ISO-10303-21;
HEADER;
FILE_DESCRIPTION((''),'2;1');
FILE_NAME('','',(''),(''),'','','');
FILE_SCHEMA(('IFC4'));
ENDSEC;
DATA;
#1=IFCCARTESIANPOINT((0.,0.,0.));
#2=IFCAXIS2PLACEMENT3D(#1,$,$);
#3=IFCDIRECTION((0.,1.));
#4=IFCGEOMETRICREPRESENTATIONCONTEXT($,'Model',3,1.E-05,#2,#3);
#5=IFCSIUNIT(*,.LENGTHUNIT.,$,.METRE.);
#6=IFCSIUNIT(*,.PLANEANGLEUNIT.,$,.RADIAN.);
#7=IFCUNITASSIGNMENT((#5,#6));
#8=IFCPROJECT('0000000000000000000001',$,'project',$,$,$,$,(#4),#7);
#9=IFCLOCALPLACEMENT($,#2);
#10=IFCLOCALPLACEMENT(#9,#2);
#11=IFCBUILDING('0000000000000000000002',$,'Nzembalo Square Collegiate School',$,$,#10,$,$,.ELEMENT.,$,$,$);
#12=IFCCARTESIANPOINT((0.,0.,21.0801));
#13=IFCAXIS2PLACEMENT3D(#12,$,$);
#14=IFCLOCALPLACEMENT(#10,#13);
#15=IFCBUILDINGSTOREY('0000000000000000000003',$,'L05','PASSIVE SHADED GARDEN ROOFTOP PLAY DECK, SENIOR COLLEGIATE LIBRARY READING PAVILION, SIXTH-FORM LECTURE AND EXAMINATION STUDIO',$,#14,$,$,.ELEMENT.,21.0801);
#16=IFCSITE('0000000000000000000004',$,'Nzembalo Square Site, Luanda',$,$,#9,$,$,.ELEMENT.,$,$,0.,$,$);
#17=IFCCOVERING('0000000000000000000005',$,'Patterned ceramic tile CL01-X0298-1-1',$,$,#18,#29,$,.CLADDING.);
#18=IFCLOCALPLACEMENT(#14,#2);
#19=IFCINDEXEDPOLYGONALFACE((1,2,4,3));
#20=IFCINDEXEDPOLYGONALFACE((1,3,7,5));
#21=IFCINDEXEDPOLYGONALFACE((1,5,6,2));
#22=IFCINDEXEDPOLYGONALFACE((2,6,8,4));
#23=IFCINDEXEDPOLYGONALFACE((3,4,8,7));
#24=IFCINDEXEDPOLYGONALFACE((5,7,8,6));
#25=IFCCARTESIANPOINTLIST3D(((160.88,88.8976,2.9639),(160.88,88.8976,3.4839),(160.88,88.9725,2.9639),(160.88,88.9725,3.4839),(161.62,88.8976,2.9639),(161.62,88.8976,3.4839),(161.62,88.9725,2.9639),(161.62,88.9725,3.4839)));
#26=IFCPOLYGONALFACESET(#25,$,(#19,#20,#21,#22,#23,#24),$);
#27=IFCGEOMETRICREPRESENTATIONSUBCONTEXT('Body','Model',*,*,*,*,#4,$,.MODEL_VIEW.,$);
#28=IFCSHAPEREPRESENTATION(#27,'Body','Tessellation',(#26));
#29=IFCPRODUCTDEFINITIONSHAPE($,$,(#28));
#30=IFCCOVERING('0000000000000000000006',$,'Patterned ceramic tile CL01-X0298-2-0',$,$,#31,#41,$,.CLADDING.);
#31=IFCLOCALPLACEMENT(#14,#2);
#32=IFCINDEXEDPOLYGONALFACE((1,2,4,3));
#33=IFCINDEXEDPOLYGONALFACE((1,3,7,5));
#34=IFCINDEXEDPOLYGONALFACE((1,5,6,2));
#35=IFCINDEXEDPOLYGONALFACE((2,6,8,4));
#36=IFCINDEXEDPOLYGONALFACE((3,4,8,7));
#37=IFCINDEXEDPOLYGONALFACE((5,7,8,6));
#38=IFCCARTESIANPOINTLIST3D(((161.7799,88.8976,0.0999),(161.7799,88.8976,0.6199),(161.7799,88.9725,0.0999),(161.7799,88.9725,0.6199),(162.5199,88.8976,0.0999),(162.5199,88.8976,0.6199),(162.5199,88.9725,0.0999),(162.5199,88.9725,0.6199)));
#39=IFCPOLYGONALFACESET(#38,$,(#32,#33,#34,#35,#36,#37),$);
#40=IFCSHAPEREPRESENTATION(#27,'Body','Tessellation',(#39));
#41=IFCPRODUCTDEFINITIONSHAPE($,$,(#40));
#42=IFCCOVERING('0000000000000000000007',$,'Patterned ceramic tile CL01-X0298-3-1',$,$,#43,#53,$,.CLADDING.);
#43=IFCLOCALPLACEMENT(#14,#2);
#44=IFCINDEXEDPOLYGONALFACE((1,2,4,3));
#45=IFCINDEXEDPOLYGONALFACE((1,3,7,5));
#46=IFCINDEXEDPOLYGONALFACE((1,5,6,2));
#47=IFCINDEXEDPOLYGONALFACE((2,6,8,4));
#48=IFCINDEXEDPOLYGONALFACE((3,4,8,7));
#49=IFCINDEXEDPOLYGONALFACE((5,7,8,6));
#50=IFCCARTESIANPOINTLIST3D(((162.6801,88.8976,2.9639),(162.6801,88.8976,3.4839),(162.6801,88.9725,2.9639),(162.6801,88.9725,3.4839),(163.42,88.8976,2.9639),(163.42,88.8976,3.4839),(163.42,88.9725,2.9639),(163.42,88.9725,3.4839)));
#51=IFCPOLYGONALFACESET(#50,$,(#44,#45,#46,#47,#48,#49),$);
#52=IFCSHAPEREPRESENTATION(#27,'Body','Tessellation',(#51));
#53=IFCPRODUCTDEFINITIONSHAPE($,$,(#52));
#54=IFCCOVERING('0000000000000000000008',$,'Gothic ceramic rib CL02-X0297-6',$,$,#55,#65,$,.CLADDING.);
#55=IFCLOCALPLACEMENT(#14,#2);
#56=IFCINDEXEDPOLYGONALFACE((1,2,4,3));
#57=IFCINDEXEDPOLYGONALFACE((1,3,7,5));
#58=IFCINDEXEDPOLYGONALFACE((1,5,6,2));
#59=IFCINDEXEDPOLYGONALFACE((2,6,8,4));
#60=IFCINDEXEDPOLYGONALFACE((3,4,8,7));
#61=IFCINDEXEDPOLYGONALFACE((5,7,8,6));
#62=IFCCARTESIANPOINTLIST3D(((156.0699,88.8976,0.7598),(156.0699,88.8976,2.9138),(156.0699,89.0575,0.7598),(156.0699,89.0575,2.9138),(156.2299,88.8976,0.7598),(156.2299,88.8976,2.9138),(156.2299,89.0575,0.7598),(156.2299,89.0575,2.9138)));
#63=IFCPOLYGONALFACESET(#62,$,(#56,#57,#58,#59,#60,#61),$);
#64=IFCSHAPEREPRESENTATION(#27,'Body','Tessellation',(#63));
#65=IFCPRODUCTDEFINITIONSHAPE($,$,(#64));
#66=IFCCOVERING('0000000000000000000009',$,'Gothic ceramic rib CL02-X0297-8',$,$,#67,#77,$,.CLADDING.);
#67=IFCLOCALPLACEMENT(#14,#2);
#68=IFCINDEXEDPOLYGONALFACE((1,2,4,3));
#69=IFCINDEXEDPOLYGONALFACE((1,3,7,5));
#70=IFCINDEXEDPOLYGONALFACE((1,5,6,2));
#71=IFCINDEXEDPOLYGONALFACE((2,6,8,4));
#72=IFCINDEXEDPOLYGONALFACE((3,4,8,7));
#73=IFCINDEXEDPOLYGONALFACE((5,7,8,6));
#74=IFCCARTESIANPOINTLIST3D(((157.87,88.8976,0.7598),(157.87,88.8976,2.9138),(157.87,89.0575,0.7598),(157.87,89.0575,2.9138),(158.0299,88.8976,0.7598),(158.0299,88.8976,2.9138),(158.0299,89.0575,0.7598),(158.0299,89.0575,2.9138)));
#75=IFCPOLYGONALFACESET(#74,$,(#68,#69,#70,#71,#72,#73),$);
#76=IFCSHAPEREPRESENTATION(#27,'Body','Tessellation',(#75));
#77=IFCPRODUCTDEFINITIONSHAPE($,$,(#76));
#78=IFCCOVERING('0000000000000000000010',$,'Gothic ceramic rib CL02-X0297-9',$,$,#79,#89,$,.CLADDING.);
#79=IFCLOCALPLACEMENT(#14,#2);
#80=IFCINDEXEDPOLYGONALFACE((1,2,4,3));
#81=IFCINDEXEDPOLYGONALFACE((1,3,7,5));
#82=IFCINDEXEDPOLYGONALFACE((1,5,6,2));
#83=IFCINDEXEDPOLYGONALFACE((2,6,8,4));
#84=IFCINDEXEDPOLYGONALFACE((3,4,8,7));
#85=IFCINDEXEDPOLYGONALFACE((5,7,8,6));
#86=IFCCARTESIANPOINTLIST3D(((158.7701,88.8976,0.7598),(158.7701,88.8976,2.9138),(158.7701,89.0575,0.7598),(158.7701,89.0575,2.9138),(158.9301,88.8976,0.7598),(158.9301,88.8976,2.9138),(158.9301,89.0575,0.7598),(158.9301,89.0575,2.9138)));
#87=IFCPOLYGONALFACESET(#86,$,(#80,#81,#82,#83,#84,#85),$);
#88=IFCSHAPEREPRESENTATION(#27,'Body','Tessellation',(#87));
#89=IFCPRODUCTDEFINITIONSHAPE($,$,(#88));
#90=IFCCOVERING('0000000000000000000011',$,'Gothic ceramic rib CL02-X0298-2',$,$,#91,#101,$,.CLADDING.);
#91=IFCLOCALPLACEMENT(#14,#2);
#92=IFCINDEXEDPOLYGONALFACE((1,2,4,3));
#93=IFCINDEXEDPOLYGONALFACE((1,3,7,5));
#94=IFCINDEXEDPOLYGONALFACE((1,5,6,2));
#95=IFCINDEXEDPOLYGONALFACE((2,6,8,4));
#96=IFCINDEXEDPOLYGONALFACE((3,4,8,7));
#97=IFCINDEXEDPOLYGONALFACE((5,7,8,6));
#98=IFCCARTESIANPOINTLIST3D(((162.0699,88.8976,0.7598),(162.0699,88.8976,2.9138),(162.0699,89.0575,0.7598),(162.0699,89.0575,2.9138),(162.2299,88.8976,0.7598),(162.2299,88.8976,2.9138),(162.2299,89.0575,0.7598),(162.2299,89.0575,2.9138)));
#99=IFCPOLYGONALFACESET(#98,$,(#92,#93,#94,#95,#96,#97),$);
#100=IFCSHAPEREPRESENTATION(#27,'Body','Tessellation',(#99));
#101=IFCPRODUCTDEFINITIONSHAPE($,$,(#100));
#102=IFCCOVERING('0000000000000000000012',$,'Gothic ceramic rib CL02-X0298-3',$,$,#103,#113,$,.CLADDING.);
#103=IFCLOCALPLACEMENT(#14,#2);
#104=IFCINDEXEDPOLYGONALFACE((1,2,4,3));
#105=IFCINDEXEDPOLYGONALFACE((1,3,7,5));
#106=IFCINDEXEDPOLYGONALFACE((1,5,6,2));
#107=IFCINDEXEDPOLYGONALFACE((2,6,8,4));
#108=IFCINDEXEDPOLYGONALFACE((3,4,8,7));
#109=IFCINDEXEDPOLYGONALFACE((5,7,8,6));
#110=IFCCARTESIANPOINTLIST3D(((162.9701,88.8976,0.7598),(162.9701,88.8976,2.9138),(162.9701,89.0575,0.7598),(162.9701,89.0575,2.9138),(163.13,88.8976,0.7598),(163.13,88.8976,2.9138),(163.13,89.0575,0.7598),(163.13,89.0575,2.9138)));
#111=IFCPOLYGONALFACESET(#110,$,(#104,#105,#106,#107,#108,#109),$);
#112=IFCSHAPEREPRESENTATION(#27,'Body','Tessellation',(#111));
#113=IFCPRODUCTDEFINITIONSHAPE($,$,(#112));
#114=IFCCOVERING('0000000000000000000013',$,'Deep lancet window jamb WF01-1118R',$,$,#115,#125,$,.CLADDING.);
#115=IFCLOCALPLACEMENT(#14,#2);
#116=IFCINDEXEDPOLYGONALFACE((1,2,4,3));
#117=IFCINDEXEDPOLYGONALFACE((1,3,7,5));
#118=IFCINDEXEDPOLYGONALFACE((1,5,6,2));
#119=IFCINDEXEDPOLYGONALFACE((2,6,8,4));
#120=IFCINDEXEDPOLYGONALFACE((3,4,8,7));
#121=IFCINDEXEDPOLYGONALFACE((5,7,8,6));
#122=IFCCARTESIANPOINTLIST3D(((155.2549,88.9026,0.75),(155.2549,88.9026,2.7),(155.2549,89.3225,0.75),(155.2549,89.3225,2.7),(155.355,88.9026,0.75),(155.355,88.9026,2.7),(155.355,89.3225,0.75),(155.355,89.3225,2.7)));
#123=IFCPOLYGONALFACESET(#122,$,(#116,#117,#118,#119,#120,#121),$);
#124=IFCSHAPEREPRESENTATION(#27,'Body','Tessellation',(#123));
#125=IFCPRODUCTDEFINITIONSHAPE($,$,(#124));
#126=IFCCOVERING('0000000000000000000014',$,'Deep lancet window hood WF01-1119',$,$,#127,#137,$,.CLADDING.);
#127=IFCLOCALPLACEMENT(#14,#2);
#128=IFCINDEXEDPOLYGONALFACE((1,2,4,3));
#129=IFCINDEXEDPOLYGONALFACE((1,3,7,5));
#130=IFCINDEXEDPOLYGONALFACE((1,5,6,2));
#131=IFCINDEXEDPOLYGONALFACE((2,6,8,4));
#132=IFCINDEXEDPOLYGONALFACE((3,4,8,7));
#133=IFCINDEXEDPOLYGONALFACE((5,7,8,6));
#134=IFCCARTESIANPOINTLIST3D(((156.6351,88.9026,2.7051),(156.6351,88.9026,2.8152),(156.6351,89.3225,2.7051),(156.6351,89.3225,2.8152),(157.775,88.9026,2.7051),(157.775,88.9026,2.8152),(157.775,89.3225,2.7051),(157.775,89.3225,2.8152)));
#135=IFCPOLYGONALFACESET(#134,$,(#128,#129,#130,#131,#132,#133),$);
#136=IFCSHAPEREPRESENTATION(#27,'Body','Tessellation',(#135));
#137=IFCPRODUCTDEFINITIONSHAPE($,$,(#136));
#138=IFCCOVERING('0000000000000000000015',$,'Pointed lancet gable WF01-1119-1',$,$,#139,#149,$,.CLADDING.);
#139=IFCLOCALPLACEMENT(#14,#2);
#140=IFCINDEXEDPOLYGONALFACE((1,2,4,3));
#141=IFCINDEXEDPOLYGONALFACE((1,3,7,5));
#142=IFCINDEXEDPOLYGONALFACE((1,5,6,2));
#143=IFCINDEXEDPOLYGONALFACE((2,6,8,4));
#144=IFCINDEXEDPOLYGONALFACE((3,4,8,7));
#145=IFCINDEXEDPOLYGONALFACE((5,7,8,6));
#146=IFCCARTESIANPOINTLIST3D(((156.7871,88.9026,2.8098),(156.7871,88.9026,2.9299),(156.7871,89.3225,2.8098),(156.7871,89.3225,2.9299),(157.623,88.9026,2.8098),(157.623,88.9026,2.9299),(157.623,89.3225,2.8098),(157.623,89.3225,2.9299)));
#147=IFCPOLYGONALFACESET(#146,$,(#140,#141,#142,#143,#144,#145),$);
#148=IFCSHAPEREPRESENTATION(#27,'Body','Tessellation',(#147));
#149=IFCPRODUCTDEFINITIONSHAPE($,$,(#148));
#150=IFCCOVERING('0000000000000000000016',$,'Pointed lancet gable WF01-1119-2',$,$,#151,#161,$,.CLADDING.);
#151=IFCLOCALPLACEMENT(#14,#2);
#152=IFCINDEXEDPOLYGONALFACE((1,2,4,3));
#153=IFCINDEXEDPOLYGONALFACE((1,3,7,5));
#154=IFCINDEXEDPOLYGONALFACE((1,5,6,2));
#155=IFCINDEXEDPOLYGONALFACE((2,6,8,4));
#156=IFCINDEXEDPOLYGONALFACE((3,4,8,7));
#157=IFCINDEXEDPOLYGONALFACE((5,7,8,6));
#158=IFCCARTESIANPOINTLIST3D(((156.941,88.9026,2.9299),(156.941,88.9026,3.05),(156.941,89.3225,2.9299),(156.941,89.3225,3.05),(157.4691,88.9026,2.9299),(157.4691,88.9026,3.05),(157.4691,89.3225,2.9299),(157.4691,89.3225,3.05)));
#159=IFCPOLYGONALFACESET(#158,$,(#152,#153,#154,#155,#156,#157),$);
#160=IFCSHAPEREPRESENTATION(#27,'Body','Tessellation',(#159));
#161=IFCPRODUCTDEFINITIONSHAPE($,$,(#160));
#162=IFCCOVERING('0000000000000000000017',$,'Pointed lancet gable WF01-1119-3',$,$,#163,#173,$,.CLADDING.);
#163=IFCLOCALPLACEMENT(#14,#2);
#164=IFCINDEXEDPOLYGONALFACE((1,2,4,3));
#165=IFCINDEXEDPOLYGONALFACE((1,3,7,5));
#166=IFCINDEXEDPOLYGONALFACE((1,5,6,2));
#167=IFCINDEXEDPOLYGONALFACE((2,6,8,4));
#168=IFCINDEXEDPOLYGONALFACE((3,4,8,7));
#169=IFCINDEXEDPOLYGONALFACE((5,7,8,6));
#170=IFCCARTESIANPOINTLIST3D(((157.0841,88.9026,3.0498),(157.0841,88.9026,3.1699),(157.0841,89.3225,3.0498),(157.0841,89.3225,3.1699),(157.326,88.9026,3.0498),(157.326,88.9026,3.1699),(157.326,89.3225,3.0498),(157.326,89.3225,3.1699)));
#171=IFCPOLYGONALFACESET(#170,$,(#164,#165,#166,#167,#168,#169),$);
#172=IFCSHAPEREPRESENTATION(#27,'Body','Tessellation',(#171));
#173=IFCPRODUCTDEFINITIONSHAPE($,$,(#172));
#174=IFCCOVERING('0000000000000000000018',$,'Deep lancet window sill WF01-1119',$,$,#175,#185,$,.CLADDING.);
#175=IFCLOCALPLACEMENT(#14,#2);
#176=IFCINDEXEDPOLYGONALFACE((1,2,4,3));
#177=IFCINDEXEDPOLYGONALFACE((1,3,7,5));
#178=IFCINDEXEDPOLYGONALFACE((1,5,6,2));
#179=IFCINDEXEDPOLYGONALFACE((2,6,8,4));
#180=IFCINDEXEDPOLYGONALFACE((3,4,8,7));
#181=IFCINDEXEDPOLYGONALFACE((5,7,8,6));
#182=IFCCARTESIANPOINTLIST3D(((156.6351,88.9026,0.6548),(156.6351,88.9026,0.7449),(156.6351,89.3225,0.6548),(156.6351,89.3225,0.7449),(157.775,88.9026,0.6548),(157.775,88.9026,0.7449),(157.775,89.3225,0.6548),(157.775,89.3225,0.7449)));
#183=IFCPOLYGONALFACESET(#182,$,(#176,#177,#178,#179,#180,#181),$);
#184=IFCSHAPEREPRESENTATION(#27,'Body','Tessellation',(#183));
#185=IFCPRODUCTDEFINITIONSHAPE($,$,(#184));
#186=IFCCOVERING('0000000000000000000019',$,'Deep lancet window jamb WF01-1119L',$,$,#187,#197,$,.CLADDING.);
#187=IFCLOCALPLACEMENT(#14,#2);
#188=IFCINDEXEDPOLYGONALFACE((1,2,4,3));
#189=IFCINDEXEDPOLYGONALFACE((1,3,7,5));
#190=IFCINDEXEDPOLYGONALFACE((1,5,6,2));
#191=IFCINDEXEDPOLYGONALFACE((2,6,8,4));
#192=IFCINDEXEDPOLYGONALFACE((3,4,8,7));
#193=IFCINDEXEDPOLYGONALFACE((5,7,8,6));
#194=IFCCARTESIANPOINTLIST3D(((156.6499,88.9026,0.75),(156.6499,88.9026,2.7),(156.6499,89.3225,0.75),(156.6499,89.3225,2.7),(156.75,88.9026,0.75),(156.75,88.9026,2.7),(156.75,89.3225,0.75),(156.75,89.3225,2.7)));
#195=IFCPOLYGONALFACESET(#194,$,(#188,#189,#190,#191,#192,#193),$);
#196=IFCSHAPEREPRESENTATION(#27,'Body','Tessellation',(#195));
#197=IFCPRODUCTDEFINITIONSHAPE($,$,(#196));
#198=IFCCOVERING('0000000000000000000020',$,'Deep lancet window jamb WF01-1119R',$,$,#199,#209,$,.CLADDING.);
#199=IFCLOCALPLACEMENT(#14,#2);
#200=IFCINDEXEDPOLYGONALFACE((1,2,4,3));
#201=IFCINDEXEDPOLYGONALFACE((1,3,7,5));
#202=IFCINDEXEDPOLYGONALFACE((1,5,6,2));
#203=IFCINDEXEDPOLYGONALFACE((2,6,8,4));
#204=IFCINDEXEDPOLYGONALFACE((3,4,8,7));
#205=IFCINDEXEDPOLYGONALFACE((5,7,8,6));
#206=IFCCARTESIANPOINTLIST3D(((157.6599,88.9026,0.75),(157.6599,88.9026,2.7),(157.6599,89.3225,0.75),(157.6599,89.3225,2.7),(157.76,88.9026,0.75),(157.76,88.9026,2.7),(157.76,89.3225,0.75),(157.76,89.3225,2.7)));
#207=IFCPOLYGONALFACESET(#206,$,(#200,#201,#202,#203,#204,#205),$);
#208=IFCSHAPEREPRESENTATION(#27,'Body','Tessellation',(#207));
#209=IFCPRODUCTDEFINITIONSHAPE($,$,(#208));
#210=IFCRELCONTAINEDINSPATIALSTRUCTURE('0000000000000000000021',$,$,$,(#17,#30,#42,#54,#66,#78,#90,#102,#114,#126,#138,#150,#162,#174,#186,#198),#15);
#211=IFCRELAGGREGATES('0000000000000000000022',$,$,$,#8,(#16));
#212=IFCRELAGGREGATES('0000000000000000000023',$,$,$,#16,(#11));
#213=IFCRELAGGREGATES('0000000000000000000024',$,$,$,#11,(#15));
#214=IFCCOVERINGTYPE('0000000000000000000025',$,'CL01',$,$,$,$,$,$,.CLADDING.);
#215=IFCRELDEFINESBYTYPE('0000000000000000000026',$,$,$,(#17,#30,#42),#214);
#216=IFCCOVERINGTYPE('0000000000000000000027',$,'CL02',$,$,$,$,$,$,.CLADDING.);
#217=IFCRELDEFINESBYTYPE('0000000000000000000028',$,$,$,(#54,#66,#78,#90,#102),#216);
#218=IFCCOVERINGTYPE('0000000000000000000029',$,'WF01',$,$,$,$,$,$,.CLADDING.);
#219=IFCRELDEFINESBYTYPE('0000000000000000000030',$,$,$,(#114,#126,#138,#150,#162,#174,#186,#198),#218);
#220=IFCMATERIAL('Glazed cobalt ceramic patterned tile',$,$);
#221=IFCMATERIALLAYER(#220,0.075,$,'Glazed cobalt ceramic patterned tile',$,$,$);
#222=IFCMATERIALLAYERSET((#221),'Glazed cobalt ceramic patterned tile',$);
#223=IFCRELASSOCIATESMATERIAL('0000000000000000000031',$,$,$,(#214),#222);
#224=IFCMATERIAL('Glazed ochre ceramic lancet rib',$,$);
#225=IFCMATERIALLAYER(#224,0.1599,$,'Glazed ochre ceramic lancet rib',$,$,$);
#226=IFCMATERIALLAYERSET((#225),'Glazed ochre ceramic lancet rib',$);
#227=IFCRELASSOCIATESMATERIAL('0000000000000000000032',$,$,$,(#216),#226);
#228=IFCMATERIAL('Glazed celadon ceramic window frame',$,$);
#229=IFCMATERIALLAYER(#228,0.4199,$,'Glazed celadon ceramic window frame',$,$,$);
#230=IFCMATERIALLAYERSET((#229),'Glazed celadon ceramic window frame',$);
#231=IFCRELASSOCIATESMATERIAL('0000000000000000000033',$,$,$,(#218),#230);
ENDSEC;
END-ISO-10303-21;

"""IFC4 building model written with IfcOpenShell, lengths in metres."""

from ifc_helpers import new_model, si_unit, direction, frame, origin, origin_2d, place, context, subcontext, project, spatial, rectangle, extrude, material, layer, layer_set, type_object, element, save


model = new_model("IFC4")

# Units and contexts
model_context = context("Model", 3, precision=1e-05, world=origin(), true_north=direction((0.0, 1.0)))
body_context = subcontext(model_context, "Body", "Model", "MODEL_VIEW")
ifc_project = project(units=[si_unit("LENGTHUNIT", "METRE"), si_unit("PLANEANGLEUNIT", "RADIAN")], contexts=[model_context])

# Site, building, storey
site_placement = place(None, origin())
site = spatial("IfcSite", under=ifc_project, at=site_placement, Name="Nzembalo Square Site, Luanda", CompositionType="ELEMENT", RefElevation=0.0)
building_placement = place(site_placement, origin())
building = spatial("IfcBuilding", under=site, at=building_placement, Name="Nzembalo Square Collegiate School", CompositionType="ELEMENT")
storey_placement = place(building_placement, frame((0.0, 0.0, 21.0801)))
storey = spatial("IfcBuildingStorey", under=building, at=storey_placement, Name="L05", Description="PASSIVE SHADED GARDEN ROOFTOP PLAY DECK, SENIOR COLLEGIATE LIBRARY READING PAVILION, SIXTH-FORM LECTURE AND EXAMINATION STUDIO", CompositionType="ELEMENT", Elevation=21.0801)

# Coverings
ifc_material_1 = material(Name="Glazed cobalt ceramic patterned tile")
ifc_layer_1 = layer(ifc_material_1, 0.075, Name="Glazed cobalt ceramic patterned tile")
ifc_layer_set_1 = layer_set([ifc_layer_1], Name="Glazed cobalt ceramic patterned tile")
covering_type_1 = type_object("IfcCoveringType", Name="CL01", PredefinedType="CLADDING", material=ifc_layer_set_1)
for number, where, z_axis, x_axis, name in (
    (1, (161.25, 88.9351, 2.9639), (0.0, 0.0, 1.0), (1.0, 0.0, 0.0), "Patterned ceramic tile CL01-X0298-1-1"),
    (2, (162.1499, 88.9351, 0.0999), (0.0, 0.0, 1.0), (1.0, 0.0, 0.0), "Patterned ceramic tile CL01-X0298-2-0"),
    (3, (163.05, 88.9351, 2.9639), (0.0, 0.0, 1.0), (1.0, 0.0, 0.0), "Patterned ceramic tile CL01-X0298-3-1"),
):
    element("IfcCovering", number, at=place(storey_placement, frame(where, z_axis=z_axis, x_axis=x_axis)), inside=storey, type_object=covering_type_1, Name=name, PredefinedType="CLADDING", context=body_context, shape_type="SweptSolid", body=[
        extrude(rectangle(XDim=0.74, YDim=0.075, at=origin_2d()), origin(), (0.0, 0.0, 1.0), 0.52),
    ])
ifc_material_2 = material(Name="Glazed ochre ceramic lancet rib")
ifc_layer_2 = layer(ifc_material_2, 0.1599, Name="Glazed ochre ceramic lancet rib")
ifc_layer_set_2 = layer_set([ifc_layer_2], Name="Glazed ochre ceramic lancet rib")
covering_type_2 = type_object("IfcCoveringType", Name="CL02", PredefinedType="CLADDING", material=ifc_layer_set_2)
for number, where, z_axis, x_axis, name in (
    (4, (156.1499, 88.9775, 0.7598), (0.0, 0.0, 1.0), (1.0, 0.0, 0.0), "Gothic ceramic rib CL02-X0297-6"),
    (5, (157.95, 88.9775, 0.7598), (0.0, 0.0, 1.0), (1.0, 0.0, 0.0), "Gothic ceramic rib CL02-X0297-8"),
    (6, (158.8501, 88.9775, 0.7598), (0.0, 0.0, 1.0), (1.0, 0.0, 0.0), "Gothic ceramic rib CL02-X0297-9"),
    (7, (162.1499, 88.9775, 0.7598), (0.0, 0.0, 1.0), (1.0, 0.0, 0.0), "Gothic ceramic rib CL02-X0298-2"),
    (8, (163.05, 88.9775, 0.7598), (0.0, 0.0, 1.0), (1.0, 0.0, 0.0), "Gothic ceramic rib CL02-X0298-3"),
):
    element("IfcCovering", number, at=place(storey_placement, frame(where, z_axis=z_axis, x_axis=x_axis)), inside=storey, type_object=covering_type_2, Name=name, PredefinedType="CLADDING", context=body_context, shape_type="SweptSolid", body=[
        extrude(rectangle(XDim=0.1599, YDim=0.1599, at=origin_2d()), origin(), (0.0, 0.0, 1.0), 2.1541),
    ])
ifc_material_3 = material(Name="Glazed celadon ceramic window frame")
ifc_layer_3 = layer(ifc_material_3, 0.4199, Name="Glazed celadon ceramic window frame")
ifc_layer_set_3 = layer_set([ifc_layer_3], Name="Glazed celadon ceramic window frame")
covering_type_3 = type_object("IfcCoveringType", Name="WF01", PredefinedType="CLADDING", material=ifc_layer_set_3)
covering_1_placement = place(storey_placement, frame((155.3049, 89.1125, 0.75), z_axis=(0.0, 0.0, 1.0), x_axis=(1.0, 0.0, 0.0)))
element("IfcCovering", 9, at=covering_1_placement, inside=storey, type_object=covering_type_3, Name="Deep lancet window jamb WF01-1118R", PredefinedType="CLADDING", context=body_context, shape_type="SweptSolid", body=[
    extrude(rectangle(XDim=0.1001, YDim=0.4199, at=origin_2d()), origin(), (0.0, 0.0, 1.0), 1.95),
])
covering_2_placement = place(storey_placement, frame((157.2051, 89.1125, 2.7051), z_axis=(0.0, 0.0, 1.0), x_axis=(1.0, 0.0, 0.0)))
element("IfcCovering", 10, at=covering_2_placement, inside=storey, type_object=covering_type_3, Name="Deep lancet window hood WF01-1119", PredefinedType="CLADDING", context=body_context, shape_type="SweptSolid", body=[
    extrude(rectangle(XDim=1.1399, YDim=0.4199, at=origin_2d()), origin(), (0.0, 0.0, 1.0), 0.1101),
])
covering_3_placement = place(storey_placement, frame((157.2051, 89.1125, 2.8098), z_axis=(0.0, 0.0, 1.0), x_axis=(1.0, 0.0, 0.0)))
element("IfcCovering", 11, at=covering_3_placement, inside=storey, type_object=covering_type_3, Name="Pointed lancet gable WF01-1119-1", PredefinedType="CLADDING", context=body_context, shape_type="SweptSolid", body=[
    extrude(rectangle(XDim=0.8359, YDim=0.4199, at=origin_2d()), origin(), (0.0, 0.0, 1.0), 0.1201),
])
covering_4_placement = place(storey_placement, frame((157.2051, 89.1125, 2.9299), z_axis=(0.0, 0.0, 1.0), x_axis=(1.0, 0.0, 0.0)))
element("IfcCovering", 12, at=covering_4_placement, inside=storey, type_object=covering_type_3, Name="Pointed lancet gable WF01-1119-2", PredefinedType="CLADDING", context=body_context, shape_type="SweptSolid", body=[
    extrude(rectangle(XDim=0.5281, YDim=0.4199, at=origin_2d()), origin(), (0.0, 0.0, 1.0), 0.1201),
])
covering_5_placement = place(storey_placement, frame((157.2051, 89.1125, 3.0498), z_axis=(0.0, 0.0, 1.0), x_axis=(1.0, 0.0, 0.0)))
element("IfcCovering", 13, at=covering_5_placement, inside=storey, type_object=covering_type_3, Name="Pointed lancet gable WF01-1119-3", PredefinedType="CLADDING", context=body_context, shape_type="SweptSolid", body=[
    extrude(rectangle(XDim=0.2419, YDim=0.4199, at=origin_2d()), origin(), (0.0, 0.0, 1.0), 0.1201),
])
covering_6_placement = place(storey_placement, frame((157.2051, 89.1125, 0.6548), z_axis=(0.0, 0.0, 1.0), x_axis=(1.0, 0.0, 0.0)))
element("IfcCovering", 14, at=covering_6_placement, inside=storey, type_object=covering_type_3, Name="Deep lancet window sill WF01-1119", PredefinedType="CLADDING", context=body_context, shape_type="SweptSolid", body=[
    extrude(rectangle(XDim=1.1399, YDim=0.4199, at=origin_2d()), origin(), (0.0, 0.0, 1.0), 0.0901),
])
for number, where, z_axis, x_axis, name in (
    (15, (156.7, 89.1125, 0.75), (0.0, 0.0, 1.0), (1.0, 0.0, 0.0), "Deep lancet window jamb WF01-1119L"),
    (16, (157.71, 89.1125, 0.75), (0.0, 0.0, 1.0), (1.0, 0.0, 0.0), "Deep lancet window jamb WF01-1119R"),
):
    element("IfcCovering", number, at=place(storey_placement, frame(where, z_axis=z_axis, x_axis=x_axis)), inside=storey, type_object=covering_type_3, Name=name, PredefinedType="CLADDING", context=body_context, shape_type="SweptSolid", body=[
        extrude(rectangle(XDim=0.1001, YDim=0.4199, at=origin_2d()), origin(), (0.0, 0.0, 1.0), 1.95),
    ])

save(model, "model.ifc")
